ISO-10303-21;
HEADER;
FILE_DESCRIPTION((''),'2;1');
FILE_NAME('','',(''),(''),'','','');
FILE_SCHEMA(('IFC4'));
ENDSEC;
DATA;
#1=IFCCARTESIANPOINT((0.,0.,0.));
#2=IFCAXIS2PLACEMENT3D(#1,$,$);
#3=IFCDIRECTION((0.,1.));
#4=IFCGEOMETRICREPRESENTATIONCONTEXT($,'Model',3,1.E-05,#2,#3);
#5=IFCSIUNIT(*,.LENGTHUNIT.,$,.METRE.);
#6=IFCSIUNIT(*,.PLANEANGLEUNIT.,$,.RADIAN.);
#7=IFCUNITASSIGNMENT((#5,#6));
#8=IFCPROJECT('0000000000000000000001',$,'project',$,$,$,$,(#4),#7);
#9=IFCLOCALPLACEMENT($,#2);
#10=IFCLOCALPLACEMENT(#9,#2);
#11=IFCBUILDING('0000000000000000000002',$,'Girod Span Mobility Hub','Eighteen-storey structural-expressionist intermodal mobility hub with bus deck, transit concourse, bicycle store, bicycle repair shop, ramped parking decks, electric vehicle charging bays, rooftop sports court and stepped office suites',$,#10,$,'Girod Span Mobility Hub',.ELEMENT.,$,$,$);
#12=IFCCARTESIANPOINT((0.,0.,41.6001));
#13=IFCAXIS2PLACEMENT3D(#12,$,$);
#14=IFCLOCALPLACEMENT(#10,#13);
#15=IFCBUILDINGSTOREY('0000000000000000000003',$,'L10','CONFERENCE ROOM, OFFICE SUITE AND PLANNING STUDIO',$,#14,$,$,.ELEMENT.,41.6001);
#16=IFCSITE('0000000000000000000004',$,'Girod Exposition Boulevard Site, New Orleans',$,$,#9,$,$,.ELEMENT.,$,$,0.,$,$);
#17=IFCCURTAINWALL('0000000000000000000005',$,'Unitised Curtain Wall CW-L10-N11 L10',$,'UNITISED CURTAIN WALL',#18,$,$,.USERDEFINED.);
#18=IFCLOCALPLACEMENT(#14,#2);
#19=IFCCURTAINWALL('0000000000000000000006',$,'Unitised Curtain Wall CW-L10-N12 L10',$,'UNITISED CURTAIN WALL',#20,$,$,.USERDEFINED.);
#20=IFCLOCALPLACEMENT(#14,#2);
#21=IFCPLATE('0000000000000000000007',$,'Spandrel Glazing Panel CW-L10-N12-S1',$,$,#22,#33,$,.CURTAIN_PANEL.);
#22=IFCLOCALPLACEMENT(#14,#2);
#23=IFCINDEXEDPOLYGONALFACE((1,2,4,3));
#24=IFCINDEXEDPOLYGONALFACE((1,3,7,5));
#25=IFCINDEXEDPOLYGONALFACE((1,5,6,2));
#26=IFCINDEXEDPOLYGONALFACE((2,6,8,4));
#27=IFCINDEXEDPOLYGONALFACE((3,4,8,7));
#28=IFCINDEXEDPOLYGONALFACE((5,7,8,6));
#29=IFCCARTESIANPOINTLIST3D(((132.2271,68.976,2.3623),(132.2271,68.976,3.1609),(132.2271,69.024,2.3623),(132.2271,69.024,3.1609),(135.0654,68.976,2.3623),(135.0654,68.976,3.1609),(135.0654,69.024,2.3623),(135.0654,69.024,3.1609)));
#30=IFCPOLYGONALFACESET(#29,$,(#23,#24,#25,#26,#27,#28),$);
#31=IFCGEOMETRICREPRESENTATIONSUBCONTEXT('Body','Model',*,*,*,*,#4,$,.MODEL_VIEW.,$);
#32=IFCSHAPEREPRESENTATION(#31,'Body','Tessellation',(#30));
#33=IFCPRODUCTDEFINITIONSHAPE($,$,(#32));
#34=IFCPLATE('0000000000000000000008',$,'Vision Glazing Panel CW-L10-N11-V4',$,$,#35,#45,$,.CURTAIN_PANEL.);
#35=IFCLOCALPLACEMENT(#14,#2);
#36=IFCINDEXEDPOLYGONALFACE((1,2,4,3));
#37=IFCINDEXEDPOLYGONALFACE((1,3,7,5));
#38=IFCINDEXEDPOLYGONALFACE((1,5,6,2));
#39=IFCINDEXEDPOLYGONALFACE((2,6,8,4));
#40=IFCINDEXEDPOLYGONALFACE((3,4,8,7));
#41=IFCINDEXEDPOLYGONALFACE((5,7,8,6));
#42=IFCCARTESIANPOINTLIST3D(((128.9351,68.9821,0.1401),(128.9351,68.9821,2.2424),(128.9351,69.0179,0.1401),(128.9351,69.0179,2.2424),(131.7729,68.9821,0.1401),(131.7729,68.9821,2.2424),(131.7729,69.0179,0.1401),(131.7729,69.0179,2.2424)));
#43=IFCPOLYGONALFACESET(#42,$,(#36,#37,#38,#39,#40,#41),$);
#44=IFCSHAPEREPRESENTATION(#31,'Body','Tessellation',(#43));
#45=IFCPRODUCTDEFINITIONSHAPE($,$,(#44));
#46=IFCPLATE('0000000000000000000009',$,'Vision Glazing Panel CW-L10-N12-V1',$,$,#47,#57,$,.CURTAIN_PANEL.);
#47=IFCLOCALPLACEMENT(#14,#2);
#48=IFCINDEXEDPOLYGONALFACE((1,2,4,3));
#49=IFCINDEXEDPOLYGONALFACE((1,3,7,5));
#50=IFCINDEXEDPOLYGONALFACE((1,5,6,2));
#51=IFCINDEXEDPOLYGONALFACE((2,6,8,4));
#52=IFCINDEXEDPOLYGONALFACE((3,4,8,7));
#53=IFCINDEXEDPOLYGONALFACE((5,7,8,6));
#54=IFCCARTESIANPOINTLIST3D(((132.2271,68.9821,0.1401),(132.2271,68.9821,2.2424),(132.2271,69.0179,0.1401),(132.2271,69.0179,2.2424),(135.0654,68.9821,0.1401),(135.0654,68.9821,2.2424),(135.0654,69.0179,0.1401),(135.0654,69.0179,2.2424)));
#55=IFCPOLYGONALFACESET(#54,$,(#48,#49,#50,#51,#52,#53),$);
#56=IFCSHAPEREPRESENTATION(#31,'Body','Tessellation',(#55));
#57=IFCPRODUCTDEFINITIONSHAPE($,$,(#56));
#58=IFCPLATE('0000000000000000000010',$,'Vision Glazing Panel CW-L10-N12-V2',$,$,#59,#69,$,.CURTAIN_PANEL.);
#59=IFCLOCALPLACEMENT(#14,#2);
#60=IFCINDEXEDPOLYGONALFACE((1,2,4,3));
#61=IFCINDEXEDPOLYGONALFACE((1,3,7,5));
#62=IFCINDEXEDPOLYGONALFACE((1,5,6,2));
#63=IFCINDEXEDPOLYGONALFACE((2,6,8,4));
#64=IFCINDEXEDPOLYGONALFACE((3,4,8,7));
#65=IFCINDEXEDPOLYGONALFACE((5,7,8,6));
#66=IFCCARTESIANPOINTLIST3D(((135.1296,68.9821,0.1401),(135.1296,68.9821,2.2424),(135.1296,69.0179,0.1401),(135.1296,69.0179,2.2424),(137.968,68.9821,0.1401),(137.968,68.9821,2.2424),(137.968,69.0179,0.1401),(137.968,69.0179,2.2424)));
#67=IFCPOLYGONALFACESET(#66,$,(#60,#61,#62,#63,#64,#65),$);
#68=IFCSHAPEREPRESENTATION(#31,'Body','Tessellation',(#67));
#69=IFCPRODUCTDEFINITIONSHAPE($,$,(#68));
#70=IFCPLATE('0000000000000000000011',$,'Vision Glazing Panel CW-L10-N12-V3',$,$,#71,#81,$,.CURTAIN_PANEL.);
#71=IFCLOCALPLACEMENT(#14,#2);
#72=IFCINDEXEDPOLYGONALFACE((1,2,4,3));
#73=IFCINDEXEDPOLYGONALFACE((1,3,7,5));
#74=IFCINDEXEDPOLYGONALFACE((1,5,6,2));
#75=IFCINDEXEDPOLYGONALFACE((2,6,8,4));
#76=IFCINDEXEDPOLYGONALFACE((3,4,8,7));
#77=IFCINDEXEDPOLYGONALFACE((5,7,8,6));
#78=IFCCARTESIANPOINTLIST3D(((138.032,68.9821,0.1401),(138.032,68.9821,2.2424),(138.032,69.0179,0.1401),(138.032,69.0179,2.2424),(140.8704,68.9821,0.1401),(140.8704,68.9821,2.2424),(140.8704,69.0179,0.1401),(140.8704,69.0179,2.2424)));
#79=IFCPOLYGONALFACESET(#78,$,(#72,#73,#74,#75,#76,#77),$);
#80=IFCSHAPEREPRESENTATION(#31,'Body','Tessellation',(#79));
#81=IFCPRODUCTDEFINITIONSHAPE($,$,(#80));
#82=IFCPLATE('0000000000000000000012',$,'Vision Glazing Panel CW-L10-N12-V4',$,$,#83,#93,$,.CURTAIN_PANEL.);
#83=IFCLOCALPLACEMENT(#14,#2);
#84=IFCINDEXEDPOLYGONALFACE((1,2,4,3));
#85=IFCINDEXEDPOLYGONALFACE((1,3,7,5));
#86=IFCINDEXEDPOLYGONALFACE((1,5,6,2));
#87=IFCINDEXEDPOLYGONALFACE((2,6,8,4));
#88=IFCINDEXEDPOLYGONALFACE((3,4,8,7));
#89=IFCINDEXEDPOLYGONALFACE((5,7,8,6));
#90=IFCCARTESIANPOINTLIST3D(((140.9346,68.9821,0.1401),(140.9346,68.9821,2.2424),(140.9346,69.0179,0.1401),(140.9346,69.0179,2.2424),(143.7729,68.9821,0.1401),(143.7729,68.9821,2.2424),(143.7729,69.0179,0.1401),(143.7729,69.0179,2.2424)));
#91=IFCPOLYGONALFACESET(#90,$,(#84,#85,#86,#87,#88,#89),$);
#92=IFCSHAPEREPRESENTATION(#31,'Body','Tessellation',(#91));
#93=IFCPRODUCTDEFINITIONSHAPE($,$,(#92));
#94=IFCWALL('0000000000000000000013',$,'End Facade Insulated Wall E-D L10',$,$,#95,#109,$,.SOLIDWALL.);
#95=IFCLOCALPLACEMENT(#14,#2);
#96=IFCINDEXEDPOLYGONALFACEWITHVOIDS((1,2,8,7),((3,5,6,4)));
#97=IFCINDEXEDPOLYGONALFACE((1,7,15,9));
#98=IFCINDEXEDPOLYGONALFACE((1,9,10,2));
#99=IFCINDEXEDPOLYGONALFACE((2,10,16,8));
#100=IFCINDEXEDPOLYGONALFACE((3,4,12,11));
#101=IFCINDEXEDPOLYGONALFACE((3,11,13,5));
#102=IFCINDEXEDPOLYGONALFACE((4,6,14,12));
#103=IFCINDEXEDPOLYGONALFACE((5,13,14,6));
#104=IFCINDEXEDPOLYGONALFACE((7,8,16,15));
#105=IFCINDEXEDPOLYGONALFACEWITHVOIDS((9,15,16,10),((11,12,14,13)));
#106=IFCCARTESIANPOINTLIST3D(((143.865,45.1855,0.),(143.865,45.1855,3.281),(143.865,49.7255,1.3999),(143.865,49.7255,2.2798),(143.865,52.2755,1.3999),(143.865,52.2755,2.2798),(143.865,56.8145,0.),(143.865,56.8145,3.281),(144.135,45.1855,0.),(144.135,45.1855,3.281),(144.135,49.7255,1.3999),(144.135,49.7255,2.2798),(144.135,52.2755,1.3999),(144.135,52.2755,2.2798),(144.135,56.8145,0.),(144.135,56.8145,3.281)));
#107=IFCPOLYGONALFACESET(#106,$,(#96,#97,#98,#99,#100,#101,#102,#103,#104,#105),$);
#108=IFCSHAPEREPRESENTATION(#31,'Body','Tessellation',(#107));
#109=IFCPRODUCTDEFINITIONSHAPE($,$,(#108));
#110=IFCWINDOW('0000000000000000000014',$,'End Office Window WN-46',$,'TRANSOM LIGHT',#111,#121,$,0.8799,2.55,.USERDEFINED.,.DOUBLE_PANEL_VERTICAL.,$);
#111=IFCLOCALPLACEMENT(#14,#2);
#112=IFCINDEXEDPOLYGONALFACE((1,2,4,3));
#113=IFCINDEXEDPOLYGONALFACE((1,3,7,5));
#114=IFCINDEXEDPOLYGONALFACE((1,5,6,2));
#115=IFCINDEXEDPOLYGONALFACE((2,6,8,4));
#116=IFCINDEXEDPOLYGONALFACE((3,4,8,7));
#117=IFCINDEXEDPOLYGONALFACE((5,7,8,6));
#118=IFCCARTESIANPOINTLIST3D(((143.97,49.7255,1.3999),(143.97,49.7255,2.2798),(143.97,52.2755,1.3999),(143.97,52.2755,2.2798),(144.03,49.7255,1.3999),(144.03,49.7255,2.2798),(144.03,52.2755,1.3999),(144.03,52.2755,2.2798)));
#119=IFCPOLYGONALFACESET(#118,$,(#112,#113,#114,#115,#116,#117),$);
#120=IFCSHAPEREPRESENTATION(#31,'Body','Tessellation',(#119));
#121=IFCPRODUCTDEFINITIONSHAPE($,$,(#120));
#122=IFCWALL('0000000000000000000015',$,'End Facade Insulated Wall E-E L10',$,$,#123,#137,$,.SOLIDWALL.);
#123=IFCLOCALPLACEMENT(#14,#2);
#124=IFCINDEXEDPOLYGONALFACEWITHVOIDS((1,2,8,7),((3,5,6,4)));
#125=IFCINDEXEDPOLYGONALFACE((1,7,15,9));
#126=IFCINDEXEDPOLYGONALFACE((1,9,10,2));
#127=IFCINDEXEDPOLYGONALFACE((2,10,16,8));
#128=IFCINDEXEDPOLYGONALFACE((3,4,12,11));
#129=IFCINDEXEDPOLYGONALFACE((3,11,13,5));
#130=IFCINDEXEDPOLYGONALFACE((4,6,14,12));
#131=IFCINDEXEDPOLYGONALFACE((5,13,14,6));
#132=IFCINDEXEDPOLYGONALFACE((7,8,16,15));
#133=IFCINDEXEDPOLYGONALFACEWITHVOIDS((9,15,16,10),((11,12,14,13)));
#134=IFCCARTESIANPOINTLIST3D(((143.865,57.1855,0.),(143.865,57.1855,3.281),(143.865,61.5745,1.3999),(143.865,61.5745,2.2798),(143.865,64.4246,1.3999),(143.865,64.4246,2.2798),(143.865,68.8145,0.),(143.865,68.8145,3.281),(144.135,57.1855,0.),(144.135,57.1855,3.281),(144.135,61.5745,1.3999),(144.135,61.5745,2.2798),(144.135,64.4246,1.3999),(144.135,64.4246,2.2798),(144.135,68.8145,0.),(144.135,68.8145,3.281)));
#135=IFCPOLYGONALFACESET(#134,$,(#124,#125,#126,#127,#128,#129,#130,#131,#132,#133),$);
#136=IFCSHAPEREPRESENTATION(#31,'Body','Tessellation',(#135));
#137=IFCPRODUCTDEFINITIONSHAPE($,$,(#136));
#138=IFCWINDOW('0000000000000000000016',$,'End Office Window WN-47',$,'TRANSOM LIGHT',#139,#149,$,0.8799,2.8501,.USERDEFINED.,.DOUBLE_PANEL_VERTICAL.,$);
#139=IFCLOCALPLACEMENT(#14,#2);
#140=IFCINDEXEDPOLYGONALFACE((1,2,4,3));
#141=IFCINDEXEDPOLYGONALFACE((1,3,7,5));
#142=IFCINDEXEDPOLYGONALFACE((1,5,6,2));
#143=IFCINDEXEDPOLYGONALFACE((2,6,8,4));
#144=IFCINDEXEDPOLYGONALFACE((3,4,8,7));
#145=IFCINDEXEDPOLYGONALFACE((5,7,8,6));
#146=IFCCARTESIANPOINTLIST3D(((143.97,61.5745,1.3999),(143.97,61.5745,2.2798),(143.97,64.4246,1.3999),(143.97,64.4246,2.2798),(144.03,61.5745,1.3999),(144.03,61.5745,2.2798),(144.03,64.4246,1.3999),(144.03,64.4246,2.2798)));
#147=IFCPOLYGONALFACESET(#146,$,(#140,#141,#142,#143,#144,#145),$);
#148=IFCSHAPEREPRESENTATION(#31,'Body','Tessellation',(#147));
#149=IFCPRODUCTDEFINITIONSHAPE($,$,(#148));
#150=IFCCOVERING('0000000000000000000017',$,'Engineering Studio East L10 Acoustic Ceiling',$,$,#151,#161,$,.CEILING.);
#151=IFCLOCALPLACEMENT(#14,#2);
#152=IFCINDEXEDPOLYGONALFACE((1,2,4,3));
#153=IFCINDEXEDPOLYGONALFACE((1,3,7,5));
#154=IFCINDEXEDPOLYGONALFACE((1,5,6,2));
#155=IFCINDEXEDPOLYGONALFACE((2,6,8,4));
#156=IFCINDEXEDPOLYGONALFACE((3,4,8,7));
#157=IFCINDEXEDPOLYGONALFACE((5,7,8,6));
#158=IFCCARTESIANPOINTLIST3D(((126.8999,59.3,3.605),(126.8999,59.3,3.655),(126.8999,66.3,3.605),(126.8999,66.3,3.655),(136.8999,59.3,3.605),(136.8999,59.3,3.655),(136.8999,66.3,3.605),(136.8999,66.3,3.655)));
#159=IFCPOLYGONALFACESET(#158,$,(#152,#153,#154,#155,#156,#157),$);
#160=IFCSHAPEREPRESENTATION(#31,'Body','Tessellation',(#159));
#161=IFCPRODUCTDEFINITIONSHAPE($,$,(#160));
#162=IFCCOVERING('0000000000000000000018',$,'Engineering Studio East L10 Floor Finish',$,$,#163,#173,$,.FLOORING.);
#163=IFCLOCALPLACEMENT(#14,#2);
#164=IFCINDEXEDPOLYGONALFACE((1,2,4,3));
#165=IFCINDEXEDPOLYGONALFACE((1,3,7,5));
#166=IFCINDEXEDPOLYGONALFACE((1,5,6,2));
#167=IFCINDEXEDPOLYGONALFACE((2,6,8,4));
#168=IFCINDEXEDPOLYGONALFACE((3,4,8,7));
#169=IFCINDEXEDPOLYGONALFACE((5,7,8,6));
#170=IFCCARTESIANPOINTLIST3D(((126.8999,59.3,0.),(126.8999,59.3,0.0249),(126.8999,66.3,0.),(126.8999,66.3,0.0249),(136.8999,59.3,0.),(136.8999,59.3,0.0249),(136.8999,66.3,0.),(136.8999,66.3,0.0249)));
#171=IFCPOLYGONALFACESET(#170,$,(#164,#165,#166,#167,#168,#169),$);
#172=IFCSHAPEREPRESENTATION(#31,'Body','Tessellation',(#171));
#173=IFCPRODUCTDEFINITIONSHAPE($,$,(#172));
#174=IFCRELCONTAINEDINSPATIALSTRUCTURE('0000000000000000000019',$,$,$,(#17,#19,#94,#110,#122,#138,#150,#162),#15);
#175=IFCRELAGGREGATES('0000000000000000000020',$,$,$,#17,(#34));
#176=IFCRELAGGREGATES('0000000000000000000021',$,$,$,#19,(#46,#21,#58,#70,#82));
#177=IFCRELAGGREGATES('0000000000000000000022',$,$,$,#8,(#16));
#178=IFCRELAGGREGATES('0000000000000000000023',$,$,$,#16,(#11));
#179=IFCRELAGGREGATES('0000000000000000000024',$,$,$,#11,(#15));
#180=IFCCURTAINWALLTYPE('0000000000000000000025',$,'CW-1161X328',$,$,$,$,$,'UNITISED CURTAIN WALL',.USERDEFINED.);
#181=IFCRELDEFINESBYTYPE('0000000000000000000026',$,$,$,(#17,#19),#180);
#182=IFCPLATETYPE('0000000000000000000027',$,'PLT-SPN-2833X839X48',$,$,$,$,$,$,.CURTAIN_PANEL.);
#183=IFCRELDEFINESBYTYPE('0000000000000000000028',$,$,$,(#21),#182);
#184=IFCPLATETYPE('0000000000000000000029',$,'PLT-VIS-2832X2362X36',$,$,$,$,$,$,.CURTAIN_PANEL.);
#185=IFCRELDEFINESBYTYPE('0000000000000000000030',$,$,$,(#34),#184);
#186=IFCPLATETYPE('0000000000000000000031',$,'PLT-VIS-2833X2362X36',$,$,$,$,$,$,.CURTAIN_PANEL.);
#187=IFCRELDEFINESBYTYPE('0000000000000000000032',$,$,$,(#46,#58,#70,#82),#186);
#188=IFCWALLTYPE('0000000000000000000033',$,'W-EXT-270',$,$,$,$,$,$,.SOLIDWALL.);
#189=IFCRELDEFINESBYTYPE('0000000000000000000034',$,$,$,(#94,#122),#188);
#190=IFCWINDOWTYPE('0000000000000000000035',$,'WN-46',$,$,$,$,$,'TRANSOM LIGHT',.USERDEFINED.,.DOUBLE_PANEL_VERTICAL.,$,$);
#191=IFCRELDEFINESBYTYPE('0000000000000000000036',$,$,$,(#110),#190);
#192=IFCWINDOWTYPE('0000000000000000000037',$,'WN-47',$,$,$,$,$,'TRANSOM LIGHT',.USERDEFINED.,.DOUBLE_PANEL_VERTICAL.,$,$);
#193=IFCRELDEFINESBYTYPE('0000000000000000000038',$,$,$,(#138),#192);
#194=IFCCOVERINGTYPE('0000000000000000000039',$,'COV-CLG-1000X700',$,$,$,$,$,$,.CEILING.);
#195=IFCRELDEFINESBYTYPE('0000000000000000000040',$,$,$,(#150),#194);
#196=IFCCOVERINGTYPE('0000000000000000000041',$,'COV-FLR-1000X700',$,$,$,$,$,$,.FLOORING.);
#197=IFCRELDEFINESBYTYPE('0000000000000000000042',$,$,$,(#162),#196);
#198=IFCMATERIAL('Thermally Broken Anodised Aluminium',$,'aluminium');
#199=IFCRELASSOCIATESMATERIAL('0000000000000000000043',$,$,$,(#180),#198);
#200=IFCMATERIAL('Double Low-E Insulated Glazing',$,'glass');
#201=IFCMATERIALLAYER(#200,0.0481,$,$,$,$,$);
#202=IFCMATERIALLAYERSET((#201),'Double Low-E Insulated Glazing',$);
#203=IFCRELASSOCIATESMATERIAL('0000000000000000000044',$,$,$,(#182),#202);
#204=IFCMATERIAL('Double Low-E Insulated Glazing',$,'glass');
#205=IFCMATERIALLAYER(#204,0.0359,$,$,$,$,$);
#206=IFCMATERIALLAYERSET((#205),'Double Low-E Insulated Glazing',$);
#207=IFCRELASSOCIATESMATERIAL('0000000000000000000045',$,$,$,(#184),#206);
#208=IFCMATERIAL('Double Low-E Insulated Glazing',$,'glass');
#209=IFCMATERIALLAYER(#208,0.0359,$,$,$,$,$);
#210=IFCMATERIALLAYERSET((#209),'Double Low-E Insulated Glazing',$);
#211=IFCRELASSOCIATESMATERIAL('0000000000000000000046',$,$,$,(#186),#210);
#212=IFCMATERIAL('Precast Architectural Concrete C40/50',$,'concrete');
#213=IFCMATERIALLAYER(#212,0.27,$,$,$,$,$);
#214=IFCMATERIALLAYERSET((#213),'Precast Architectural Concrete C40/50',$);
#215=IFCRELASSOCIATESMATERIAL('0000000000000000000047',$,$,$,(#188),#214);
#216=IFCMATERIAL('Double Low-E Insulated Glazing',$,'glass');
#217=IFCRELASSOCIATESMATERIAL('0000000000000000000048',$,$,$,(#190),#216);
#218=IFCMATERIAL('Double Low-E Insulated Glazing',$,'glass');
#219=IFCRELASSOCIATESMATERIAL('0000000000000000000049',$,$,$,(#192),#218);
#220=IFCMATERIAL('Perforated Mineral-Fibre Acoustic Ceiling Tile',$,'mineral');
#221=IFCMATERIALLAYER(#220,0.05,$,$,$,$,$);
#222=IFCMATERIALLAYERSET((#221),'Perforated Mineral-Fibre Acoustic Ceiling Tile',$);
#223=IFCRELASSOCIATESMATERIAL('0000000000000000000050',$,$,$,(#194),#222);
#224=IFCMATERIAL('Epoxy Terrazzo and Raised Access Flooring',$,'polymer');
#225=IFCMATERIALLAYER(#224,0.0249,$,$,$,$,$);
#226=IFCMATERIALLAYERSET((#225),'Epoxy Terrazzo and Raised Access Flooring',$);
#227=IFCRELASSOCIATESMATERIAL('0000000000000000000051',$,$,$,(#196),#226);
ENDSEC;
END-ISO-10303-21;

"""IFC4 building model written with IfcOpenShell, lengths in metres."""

from ifc_helpers import new_model, si_unit, direction, frame, frame_2d, origin, origin_2d, place, context, subcontext, project, spatial, rectangle, extrude, material, layer, layer_set, type_object, element, fill, aggregate, save


model = new_model("IFC4")

# Units and contexts
model_context = context("Model", 3, precision=1e-05, world=origin(), true_north=direction((0.0, 1.0)))
body_context = subcontext(model_context, "Body", "Model", "MODEL_VIEW")
ifc_project = project(units=[si_unit("LENGTHUNIT", "METRE"), si_unit("PLANEANGLEUNIT", "RADIAN")], contexts=[model_context])

# Site, building, storey
site_placement = place(None, origin())
site = spatial("IfcSite", under=ifc_project, at=site_placement, Name="Girod Exposition Boulevard Site, New Orleans", CompositionType="ELEMENT", RefElevation=0.0)
building_placement = place(site_placement, origin())
building = spatial("IfcBuilding", under=site, at=building_placement, Name="Girod Span Mobility Hub", Description="Eighteen-storey structural-expressionist intermodal mobility hub with bus deck, transit concourse, bicycle store, bicycle repair shop, ramped parking decks, electric vehicle charging bays, rooftop sports court and stepped office suites", LongName="Girod Span Mobility Hub", CompositionType="ELEMENT")
storey_placement = place(building_placement, frame((0.0, 0.0, 41.6001)))
storey = spatial("IfcBuildingStorey", under=building, at=storey_placement, Name="L10", Description="CONFERENCE ROOM, OFFICE SUITE AND PLANNING STUDIO", CompositionType="ELEMENT", Elevation=41.6001)

# Curtain walls
ifc_material_1 = material(Name="Thermally Broken Anodised Aluminium", Category="aluminium")
curtain_wall_type = type_object("IfcCurtainWallType", Name="CW-1161X328", ElementType="UNITISED CURTAIN WALL", PredefinedType="USERDEFINED", material=ifc_material_1)
curtain_wall_1_placement = place(storey_placement, origin())
curtain_wall_1 = element("IfcCurtainWall", 1, at=curtain_wall_1_placement, inside=storey, type_object=curtain_wall_type, Name="Unitised Curtain Wall CW-L10-N11 L10", ObjectType="UNITISED CURTAIN WALL", PredefinedType="USERDEFINED")
curtain_wall_2_placement = place(storey_placement, origin())
curtain_wall_2 = element("IfcCurtainWall", 2, at=curtain_wall_2_placement, inside=storey, type_object=curtain_wall_type, Name="Unitised Curtain Wall CW-L10-N12 L10", ObjectType="UNITISED CURTAIN WALL", PredefinedType="USERDEFINED")

# Plates
ifc_material_2 = material(Name="Double Low-E Insulated Glazing", Category="glass")
ifc_layer_1 = layer(ifc_material_2, 0.0481)
ifc_layer_set_1 = layer_set([ifc_layer_1], Name="Double Low-E Insulated Glazing")
plate_type_1 = type_object("IfcPlateType", Name="PLT-SPN-2833X839X48", PredefinedType="CURTAIN_PANEL", material=ifc_layer_set_1)
plate_1_placement = place(storey_placement, frame((133.6462, 69.0, 2.3623), z_axis=(0.0, 0.0, 1.0), x_axis=(1.0, 0.0, 0.0)))
plate_1 = element("IfcPlate", 3, at=plate_1_placement, type_object=plate_type_1, Name="Spandrel Glazing Panel CW-L10-N12-S1", PredefinedType="CURTAIN_PANEL", context=body_context, shape_type="SweptSolid", body=[
    extrude(rectangle(XDim=2.8384, YDim=0.0481, at=origin_2d()), origin(), (0.0, 0.0, 1.0), 0.7986),
])
ifc_material_3 = material(Name="Double Low-E Insulated Glazing", Category="glass")
ifc_layer_2 = layer(ifc_material_3, 0.0359)
ifc_layer_set_2 = layer_set([ifc_layer_2], Name="Double Low-E Insulated Glazing")
plate_type_2 = type_object("IfcPlateType", Name="PLT-VIS-2832X2362X36", PredefinedType="CURTAIN_PANEL", material=ifc_layer_set_2)
plate_2_placement = place(storey_placement, frame((130.354, 69.0, 0.1401), z_axis=(0.0, 0.0, 1.0), x_axis=(1.0, 0.0, 0.0)))
plate_2 = element("IfcPlate", 4, at=plate_2_placement, type_object=plate_type_2, Name="Vision Glazing Panel CW-L10-N11-V4", PredefinedType="CURTAIN_PANEL", context=body_context, shape_type="SweptSolid", body=[
    extrude(rectangle(XDim=2.8379, YDim=0.0359, at=origin_2d()), origin(), (0.0, 0.0, 1.0), 2.1023),
])
aggregate(curtain_wall_1, [plate_2])
ifc_material_4 = material(Name="Double Low-E Insulated Glazing", Category="glass")
ifc_layer_3 = layer(ifc_material_4, 0.0359)
ifc_layer_set_3 = layer_set([ifc_layer_3], Name="Double Low-E Insulated Glazing")
plate_type_3 = type_object("IfcPlateType", Name="PLT-VIS-2833X2362X36", PredefinedType="CURTAIN_PANEL", material=ifc_layer_set_3)
plate_3_placement = place(storey_placement, frame((133.6462, 69.0, 0.1401), z_axis=(0.0, 0.0, 1.0), x_axis=(1.0, 0.0, 0.0)))
plate_3 = element("IfcPlate", 5, at=plate_3_placement, type_object=plate_type_3, Name="Vision Glazing Panel CW-L10-N12-V1", PredefinedType="CURTAIN_PANEL", context=body_context, shape_type="SweptSolid", body=[
    extrude(rectangle(XDim=2.8384, YDim=0.0359, at=origin_2d()), origin(), (0.0, 0.0, 1.0), 2.1023),
])
plate_4_placement = place(storey_placement, frame((136.5488, 69.0, 0.1401), z_axis=(0.0, 0.0, 1.0), x_axis=(1.0, 0.0, 0.0)))
plate_4 = element("IfcPlate", 6, at=plate_4_placement, type_object=plate_type_3, Name="Vision Glazing Panel CW-L10-N12-V2", PredefinedType="CURTAIN_PANEL", context=body_context, shape_type="SweptSolid", body=[
    extrude(rectangle(XDim=2.8384, YDim=0.0359, at=origin_2d()), origin(), (0.0, 0.0, 1.0), 2.1023),
])
plate_5_placement = place(storey_placement, frame((139.4512, 69.0, 0.1401), z_axis=(0.0, 0.0, 1.0), x_axis=(1.0, 0.0, 0.0)))
plate_5 = element("IfcPlate", 7, at=plate_5_placement, type_object=plate_type_3, Name="Vision Glazing Panel CW-L10-N12-V3", PredefinedType="CURTAIN_PANEL", context=body_context, shape_type="SweptSolid", body=[
    extrude(rectangle(XDim=2.8384, YDim=0.0359, at=origin_2d()), origin(), (0.0, 0.0, 1.0), 2.1023),
])
plate_6_placement = place(storey_placement, frame((142.3538, 69.0, 0.1401), z_axis=(0.0, 0.0, 1.0), x_axis=(1.0, 0.0, 0.0)))
plate_6 = element("IfcPlate", 8, at=plate_6_placement, type_object=plate_type_3, Name="Vision Glazing Panel CW-L10-N12-V4", PredefinedType="CURTAIN_PANEL", context=body_context, shape_type="SweptSolid", body=[
    extrude(rectangle(XDim=2.8384, YDim=0.0359, at=origin_2d()), origin(), (0.0, 0.0, 1.0), 2.1023),
])
aggregate(curtain_wall_2, [plate_3, plate_1, plate_4, plate_5, plate_6])

# Walls, openings, windows
ifc_material_5 = material(Name="Precast Architectural Concrete C40/50", Category="concrete")
ifc_layer_4 = layer(ifc_material_5, 0.27)
ifc_layer_set_4 = layer_set([ifc_layer_4], Name="Precast Architectural Concrete C40/50")
wall_type = type_object("IfcWallType", Name="W-EXT-270", PredefinedType="SOLIDWALL", material=ifc_layer_set_4)
wall_1_placement = place(storey_placement, frame((144.0, 45.1855, 0.0), z_axis=(0.0, 0.0, 1.0), x_axis=(0.0, 1.0, 0.0)))
wall_1 = element("IfcWall", 9, at=wall_1_placement, inside=storey, type_object=wall_type, Name="End Facade Insulated Wall E-D L10", PredefinedType="SOLIDWALL", context=body_context, shape_type="SweptSolid", body=[
    extrude(rectangle(XDim=11.6289, YDim=0.27, at=frame_2d((5.8145, 0.0))), origin(), (0.0, 0.0, 1.0), 3.281),
])
opening_1_placement = place(wall_1_placement, frame((4.54, 0.0, 1.3999)))
opening_1 = element("IfcOpeningElement", 10, at=opening_1_placement, cuts=wall_1, PredefinedType="OPENING", context=body_context, shape_type="SweptSolid", body=[
    extrude(rectangle(XDim=2.55, YDim=0.8799, at=frame_2d((1.2749, 0.4399))), frame((0.0, 0.1499, 0.0), z_axis=(0.0, -1.0, 0.0), x_axis=(1.0, 0.0, 0.0)), (0.0, 0.0, 1.0), 0.3),
])
ifc_material_6 = material(Name="Double Low-E Insulated Glazing", Category="glass")
window_type_1 = type_object("IfcWindowType", Name="WN-46", ElementType="TRANSOM LIGHT", PartitioningType="DOUBLE_PANEL_VERTICAL", PredefinedType="USERDEFINED", material=ifc_material_6)
window_1_placement = place(opening_1_placement, origin())
window_1 = element("IfcWindow", 11, at=window_1_placement, inside=storey, type_object=window_type_1, Name="End Office Window WN-46", ObjectType="TRANSOM LIGHT", OverallHeight=0.8799, OverallWidth=2.55, PartitioningType="DOUBLE_PANEL_VERTICAL", PredefinedType="USERDEFINED", context=body_context, shape_type="SweptSolid", body=[
    extrude(rectangle(XDim=2.55, YDim=0.8799, at=frame_2d((1.2749, 0.4399))), frame((0.0, 0.03, 0.0), z_axis=(0.0, -1.0, 0.0), x_axis=(1.0, 0.0, 0.0)), (0.0, 0.0, 1.0), 0.0601),
])
fill(opening_1, window_1)
wall_2_placement = place(storey_placement, frame((144.0, 57.1855, 0.0), z_axis=(0.0, 0.0, 1.0), x_axis=(0.0, 1.0, 0.0)))
wall_2 = element("IfcWall", 12, at=wall_2_placement, inside=storey, type_object=wall_type, Name="End Facade Insulated Wall E-E L10", PredefinedType="SOLIDWALL", context=body_context, shape_type="SweptSolid", body=[
    extrude(rectangle(XDim=11.6289, YDim=0.27, at=frame_2d((5.8145, 0.0))), origin(), (0.0, 0.0, 1.0), 3.281),
])
opening_2_placement = place(wall_2_placement, frame((4.3889, 0.0, 1.3999)))
opening_2 = element("IfcOpeningElement", 13, at=opening_2_placement, cuts=wall_2, PredefinedType="OPENING", context=body_context, shape_type="SweptSolid", body=[
    extrude(rectangle(XDim=2.8501, YDim=0.8799, at=frame_2d((1.425, 0.4399))), frame((0.0, 0.1499, 0.0), z_axis=(0.0, -1.0, 0.0), x_axis=(1.0, 0.0, 0.0)), (0.0, 0.0, 1.0), 0.3),
])
ifc_material_7 = material(Name="Double Low-E Insulated Glazing", Category="glass")
window_type_2 = type_object("IfcWindowType", Name="WN-47", ElementType="TRANSOM LIGHT", PartitioningType="DOUBLE_PANEL_VERTICAL", PredefinedType="USERDEFINED", material=ifc_material_7)
window_2_placement = place(opening_2_placement, origin())
window_2 = element("IfcWindow", 14, at=window_2_placement, inside=storey, type_object=window_type_2, Name="End Office Window WN-47", ObjectType="TRANSOM LIGHT", OverallHeight=0.8799, OverallWidth=2.8501, PartitioningType="DOUBLE_PANEL_VERTICAL", PredefinedType="USERDEFINED", context=body_context, shape_type="SweptSolid", body=[
    extrude(rectangle(XDim=2.8501, YDim=0.8799, at=frame_2d((1.425, 0.4399))), frame((0.0, 0.03, 0.0), z_axis=(0.0, -1.0, 0.0), x_axis=(1.0, 0.0, 0.0)), (0.0, 0.0, 1.0), 0.0601),
])
fill(opening_2, window_2)

# Coverings
ifc_material_8 = material(Name="Perforated Mineral-Fibre Acoustic Ceiling Tile", Category="mineral")
ifc_layer_5 = layer(ifc_material_8, 0.05)
ifc_layer_set_5 = layer_set([ifc_layer_5], Name="Perforated Mineral-Fibre Acoustic Ceiling Tile")
covering_type_1 = type_object("IfcCoveringType", Name="COV-CLG-1000X700", PredefinedType="CEILING", material=ifc_layer_set_5)
covering_1_placement = place(storey_placement, frame((131.8999, 62.8, 3.605), z_axis=(0.0, 0.0, 1.0), x_axis=(1.0, 0.0, 0.0)))
element("IfcCovering", 15, at=covering_1_placement, inside=storey, type_object=covering_type_1, Name="Engineering Studio East L10 Acoustic Ceiling", PredefinedType="CEILING", context=body_context, shape_type="SweptSolid", body=[
    extrude(rectangle(XDim=10.0, YDim=7.0, at=origin_2d()), origin(), (0.0, 0.0, 1.0), 0.05),
])
ifc_material_9 = material(Name="Epoxy Terrazzo and Raised Access Flooring", Category="polymer")
ifc_layer_6 = layer(ifc_material_9, 0.0249)
ifc_layer_set_6 = layer_set([ifc_layer_6], Name="Epoxy Terrazzo and Raised Access Flooring")
covering_type_2 = type_object("IfcCoveringType", Name="COV-FLR-1000X700", PredefinedType="FLOORING", material=ifc_layer_set_6)
covering_2_placement = place(storey_placement, frame((131.8999, 62.8, 0.0), z_axis=(0.0, 0.0, 1.0), x_axis=(1.0, 0.0, 0.0)))
element("IfcCovering", 16, at=covering_2_placement, inside=storey, type_object=covering_type_2, Name="Engineering Studio East L10 Floor Finish", PredefinedType="FLOORING", context=body_context, shape_type="SweptSolid", body=[
    extrude(rectangle(XDim=10.0, YDim=7.0, at=origin_2d()), origin(), (0.0, 0.0, 1.0), 0.0249),
])

save(model, "model.ifc")
